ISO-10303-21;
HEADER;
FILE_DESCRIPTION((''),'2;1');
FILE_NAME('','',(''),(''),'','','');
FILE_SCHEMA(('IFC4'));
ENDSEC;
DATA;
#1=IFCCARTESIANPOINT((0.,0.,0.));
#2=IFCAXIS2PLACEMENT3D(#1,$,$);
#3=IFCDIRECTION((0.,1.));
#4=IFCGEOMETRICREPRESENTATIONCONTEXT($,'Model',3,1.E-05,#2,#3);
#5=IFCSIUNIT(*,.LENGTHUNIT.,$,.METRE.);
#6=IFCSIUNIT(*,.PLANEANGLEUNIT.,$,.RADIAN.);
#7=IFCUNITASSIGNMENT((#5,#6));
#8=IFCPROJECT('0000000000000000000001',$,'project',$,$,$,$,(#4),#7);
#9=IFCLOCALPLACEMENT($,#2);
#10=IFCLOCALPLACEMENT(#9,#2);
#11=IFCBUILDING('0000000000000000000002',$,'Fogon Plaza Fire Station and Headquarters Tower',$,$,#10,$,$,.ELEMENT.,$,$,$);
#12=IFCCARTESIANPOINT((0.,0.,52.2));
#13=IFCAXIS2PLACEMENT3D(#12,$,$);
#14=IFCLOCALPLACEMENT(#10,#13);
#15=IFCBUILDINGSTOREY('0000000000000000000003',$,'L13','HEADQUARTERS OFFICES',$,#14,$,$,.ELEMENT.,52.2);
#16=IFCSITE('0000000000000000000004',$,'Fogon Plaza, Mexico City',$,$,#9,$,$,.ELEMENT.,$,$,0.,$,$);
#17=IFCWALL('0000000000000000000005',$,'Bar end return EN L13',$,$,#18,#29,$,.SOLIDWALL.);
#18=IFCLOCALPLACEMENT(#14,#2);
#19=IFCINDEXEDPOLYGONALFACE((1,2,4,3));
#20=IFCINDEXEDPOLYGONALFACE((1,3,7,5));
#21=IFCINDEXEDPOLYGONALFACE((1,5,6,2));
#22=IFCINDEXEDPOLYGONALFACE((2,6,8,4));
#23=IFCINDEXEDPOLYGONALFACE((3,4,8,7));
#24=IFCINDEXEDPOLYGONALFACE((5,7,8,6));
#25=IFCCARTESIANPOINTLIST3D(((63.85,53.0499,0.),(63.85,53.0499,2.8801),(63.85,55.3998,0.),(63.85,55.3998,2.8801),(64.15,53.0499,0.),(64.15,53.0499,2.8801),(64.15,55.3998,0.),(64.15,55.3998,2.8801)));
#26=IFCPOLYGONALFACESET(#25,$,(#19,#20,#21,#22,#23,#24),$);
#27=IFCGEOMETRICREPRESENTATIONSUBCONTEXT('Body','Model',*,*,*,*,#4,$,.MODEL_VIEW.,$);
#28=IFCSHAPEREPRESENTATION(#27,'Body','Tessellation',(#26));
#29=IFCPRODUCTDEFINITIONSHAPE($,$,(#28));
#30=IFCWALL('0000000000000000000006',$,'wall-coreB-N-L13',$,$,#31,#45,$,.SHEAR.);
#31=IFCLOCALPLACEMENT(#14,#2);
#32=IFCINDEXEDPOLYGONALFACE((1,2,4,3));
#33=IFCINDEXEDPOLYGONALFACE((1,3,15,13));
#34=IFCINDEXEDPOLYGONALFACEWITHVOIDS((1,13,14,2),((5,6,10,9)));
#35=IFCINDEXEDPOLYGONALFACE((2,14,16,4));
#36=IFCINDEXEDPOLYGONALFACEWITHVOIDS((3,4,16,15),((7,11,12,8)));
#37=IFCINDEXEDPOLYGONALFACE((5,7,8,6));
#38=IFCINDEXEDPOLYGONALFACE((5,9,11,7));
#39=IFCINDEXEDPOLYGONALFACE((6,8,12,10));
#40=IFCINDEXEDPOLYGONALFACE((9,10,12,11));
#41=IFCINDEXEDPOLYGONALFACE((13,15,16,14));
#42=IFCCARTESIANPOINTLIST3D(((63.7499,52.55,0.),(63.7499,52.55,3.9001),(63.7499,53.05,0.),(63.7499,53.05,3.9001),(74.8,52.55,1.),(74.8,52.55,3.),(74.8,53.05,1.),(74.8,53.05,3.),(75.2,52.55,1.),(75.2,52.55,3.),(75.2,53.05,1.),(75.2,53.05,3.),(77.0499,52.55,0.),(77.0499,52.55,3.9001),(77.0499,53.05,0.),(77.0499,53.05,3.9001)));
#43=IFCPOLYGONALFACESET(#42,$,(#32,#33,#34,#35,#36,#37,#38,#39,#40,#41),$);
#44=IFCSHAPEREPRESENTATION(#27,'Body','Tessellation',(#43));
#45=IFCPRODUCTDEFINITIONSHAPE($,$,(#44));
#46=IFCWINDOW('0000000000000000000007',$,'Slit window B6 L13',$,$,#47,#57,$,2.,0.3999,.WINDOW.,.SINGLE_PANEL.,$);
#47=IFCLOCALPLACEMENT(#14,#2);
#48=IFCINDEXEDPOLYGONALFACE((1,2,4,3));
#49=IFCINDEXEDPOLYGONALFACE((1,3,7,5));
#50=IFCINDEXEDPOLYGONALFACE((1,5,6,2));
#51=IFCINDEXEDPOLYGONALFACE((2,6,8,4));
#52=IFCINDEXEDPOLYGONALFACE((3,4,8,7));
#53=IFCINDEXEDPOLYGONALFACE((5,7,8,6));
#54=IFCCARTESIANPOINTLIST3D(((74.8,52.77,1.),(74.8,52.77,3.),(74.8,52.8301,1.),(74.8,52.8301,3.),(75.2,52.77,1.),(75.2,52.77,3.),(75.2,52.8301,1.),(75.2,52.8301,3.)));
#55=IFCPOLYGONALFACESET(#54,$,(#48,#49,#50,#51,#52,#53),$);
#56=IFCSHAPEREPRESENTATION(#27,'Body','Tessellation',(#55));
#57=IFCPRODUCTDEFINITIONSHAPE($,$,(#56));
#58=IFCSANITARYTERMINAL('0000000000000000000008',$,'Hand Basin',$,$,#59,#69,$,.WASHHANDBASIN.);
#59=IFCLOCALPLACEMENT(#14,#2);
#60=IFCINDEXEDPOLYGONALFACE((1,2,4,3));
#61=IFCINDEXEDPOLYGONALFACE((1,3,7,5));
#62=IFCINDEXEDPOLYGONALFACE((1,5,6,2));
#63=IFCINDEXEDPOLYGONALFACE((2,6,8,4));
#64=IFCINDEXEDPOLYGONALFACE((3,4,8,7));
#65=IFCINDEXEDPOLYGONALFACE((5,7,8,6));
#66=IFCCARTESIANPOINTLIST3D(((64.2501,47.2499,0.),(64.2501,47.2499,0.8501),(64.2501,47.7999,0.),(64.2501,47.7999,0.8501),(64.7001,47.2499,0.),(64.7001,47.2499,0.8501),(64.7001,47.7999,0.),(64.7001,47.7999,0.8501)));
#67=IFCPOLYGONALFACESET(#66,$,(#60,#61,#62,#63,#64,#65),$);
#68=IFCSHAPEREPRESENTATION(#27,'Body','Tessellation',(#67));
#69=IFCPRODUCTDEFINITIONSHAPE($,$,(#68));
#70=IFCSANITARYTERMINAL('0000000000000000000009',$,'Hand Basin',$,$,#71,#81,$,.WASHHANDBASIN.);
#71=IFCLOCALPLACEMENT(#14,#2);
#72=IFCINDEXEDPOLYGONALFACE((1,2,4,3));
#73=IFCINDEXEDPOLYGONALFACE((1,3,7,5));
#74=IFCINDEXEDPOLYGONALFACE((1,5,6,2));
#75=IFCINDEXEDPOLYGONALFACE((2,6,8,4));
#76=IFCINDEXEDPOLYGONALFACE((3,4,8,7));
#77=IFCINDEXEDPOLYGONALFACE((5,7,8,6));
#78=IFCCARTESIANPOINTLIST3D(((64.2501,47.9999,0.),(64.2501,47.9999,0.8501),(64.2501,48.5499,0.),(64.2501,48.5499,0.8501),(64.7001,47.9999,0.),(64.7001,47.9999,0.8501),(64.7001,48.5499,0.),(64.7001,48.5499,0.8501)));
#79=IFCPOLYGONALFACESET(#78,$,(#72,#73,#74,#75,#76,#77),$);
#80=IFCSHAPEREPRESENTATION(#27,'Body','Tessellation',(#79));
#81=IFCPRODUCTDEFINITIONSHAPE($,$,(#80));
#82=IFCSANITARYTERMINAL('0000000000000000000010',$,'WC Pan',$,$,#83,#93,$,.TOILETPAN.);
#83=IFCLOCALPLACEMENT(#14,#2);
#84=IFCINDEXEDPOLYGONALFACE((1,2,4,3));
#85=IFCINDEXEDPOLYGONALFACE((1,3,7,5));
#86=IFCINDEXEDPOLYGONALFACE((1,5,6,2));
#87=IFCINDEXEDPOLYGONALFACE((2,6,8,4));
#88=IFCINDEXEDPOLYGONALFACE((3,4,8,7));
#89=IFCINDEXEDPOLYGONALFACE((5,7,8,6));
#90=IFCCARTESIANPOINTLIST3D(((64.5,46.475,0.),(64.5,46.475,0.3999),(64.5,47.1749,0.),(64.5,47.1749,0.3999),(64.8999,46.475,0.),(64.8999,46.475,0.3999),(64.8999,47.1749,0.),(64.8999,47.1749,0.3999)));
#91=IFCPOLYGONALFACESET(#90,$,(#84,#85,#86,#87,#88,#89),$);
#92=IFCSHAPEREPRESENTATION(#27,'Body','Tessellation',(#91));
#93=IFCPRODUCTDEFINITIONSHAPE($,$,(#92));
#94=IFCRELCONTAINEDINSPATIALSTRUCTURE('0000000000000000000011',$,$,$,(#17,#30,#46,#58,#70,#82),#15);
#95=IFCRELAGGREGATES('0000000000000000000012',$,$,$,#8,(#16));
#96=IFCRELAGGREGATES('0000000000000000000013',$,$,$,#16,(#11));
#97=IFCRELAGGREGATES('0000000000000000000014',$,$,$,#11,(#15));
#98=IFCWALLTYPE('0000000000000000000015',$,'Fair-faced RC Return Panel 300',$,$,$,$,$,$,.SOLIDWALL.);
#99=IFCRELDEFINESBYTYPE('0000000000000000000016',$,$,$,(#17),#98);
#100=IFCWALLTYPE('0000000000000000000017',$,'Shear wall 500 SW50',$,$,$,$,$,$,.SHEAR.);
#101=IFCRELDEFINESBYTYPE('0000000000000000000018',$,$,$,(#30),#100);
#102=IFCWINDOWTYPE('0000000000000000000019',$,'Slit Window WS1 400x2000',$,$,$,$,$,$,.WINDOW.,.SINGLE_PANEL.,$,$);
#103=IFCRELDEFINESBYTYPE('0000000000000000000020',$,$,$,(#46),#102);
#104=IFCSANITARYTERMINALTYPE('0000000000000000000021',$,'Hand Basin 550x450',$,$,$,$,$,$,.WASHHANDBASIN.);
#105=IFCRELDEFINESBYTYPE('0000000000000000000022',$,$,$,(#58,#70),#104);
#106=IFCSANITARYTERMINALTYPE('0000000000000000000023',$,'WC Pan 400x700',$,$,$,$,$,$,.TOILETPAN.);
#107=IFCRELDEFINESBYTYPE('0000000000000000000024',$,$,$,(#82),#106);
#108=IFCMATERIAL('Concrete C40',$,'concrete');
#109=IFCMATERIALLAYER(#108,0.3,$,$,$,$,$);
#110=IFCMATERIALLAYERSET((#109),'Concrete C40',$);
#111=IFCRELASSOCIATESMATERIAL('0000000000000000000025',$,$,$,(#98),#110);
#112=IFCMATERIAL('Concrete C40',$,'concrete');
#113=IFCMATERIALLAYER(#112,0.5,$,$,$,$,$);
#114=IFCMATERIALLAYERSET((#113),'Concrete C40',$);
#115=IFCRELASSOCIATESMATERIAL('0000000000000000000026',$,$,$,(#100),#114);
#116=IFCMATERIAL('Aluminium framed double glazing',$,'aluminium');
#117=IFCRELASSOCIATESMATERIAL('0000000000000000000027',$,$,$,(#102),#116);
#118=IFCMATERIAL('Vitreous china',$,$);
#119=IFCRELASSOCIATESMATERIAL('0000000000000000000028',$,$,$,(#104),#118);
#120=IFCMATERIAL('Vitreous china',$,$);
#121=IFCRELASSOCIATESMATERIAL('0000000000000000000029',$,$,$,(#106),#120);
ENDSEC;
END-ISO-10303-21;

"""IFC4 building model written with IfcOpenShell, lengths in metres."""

from ifc_helpers import new_model, si_unit, direction, frame, frame_2d, origin, origin_2d, place, context, subcontext, project, spatial, rectangle, extrude, material, layer, layer_set, type_object, element, fill, save


model = new_model("IFC4")

# Units and contexts
model_context = context("Model", 3, precision=1e-05, world=origin(), true_north=direction((0.0, 1.0)))
body_context = subcontext(model_context, "Body", "Model", "MODEL_VIEW")
ifc_project = project(units=[si_unit("LENGTHUNIT", "METRE"), si_unit("PLANEANGLEUNIT", "RADIAN")], contexts=[model_context])

# Site, building, storey
site_placement = place(None, origin())
site = spatial("IfcSite", under=ifc_project, at=site_placement, Name="Fogon Plaza, Mexico City", CompositionType="ELEMENT", RefElevation=0.0)
building_placement = place(site_placement, origin())
building = spatial("IfcBuilding", under=site, at=building_placement, Name="Fogon Plaza Fire Station and Headquarters Tower", CompositionType="ELEMENT")
storey_placement = place(building_placement, frame((0.0, 0.0, 52.2)))
storey = spatial("IfcBuildingStorey", under=building, at=storey_placement, Name="L13", Description="HEADQUARTERS OFFICES", CompositionType="ELEMENT", Elevation=52.2)

# Wall
ifc_material_1 = material(Name="Concrete C40", Category="concrete")
ifc_layer_1 = layer(ifc_material_1, 0.3)
ifc_layer_set_1 = layer_set([ifc_layer_1], Name="Concrete C40")
wall_type_1 = type_object("IfcWallType", Name="Fair-faced RC Return Panel 300", PredefinedType="SOLIDWALL", material=ifc_layer_set_1)
wall_1_placement = place(storey_placement, frame((64.0, 53.05, 0.0), z_axis=(0.0, 0.0, 1.0), x_axis=(0.0, 1.0, 0.0)))
element("IfcWall", 1, at=wall_1_placement, inside=storey, type_object=wall_type_1, Name="Bar end return EN L13", PredefinedType="SOLIDWALL", context=body_context, shape_type="SweptSolid", body=[
    extrude(rectangle(XDim=2.3499, YDim=0.3, at=frame_2d((1.1748, 0.0))), origin(), (0.0, 0.0, 1.0), 2.8801),
])

# Wall, opening, window
ifc_material_2 = material(Name="Concrete C40", Category="concrete")
ifc_layer_2 = layer(ifc_material_2, 0.5)
ifc_layer_set_2 = layer_set([ifc_layer_2], Name="Concrete C40")
wall_type_2 = type_object("IfcWallType", Name="Shear wall 500 SW50", PredefinedType="SHEAR", material=ifc_layer_set_2)
wall_2_placement = place(storey_placement, frame((63.75, 52.8, 0.0), z_axis=(0.0, 0.0, 1.0), x_axis=(1.0, 0.0, 0.0)))
wall_2 = element("IfcWall", 2, at=wall_2_placement, inside=storey, type_object=wall_type_2, Name="wall-coreB-N-L13", PredefinedType="SHEAR", context=body_context, shape_type="SweptSolid", body=[
    extrude(rectangle(XDim=13.3, YDim=0.5, at=frame_2d((6.6499, 0.0))), origin(), (0.0, 0.0, 1.0), 3.9001),
])
opening_placement = place(wall_2_placement, frame((11.05, 0.0, 1.0)))
opening = element("IfcOpeningElement", 3, at=opening_placement, cuts=wall_2, PredefinedType="OPENING", context=body_context, shape_type="SweptSolid", body=[
    extrude(rectangle(XDim=0.3999, YDim=2.0, at=frame_2d((0.2, 1.0))), frame((0.0, 0.26, 0.0), z_axis=(0.0, -1.0, 0.0), x_axis=(1.0, 0.0, 0.0)), (0.0, 0.0, 1.0), 0.52),
])
ifc_material_3 = material(Name="Aluminium framed double glazing", Category="aluminium")
window_type = type_object("IfcWindowType", Name="Slit Window WS1 400x2000", PartitioningType="SINGLE_PANEL", PredefinedType="WINDOW", material=ifc_material_3)
window_placement = place(opening_placement, origin())
window = element("IfcWindow", 4, at=window_placement, inside=storey, type_object=window_type, Name="Slit window B6 L13", OverallHeight=2.0, OverallWidth=0.3999, PartitioningType="SINGLE_PANEL", PredefinedType="WINDOW", context=body_context, shape_type="SweptSolid", body=[
    extrude(rectangle(XDim=0.3999, YDim=2.0, at=frame_2d((0.2, 1.0))), frame((0.0, 0.03, 0.0), z_axis=(0.0, -1.0, 0.0), x_axis=(1.0, 0.0, 0.0)), (0.0, 0.0, 1.0), 0.0601),
])
fill(opening, window)

# Sanitary terminals
ifc_material_4 = material(Name="Vitreous china")
sanitary_terminal_type_1 = type_object("IfcSanitaryTerminalType", Name="Hand Basin 550x450", PredefinedType="WASHHANDBASIN", material=ifc_material_4)
for number, where, z_axis, x_axis, name in (
    (5, (64.4751, 47.5249, 0.0), (0.0, 0.0, 1.0), (1.0, 0.0, 0.0), "Hand Basin"),
    (6, (64.4751, 48.2749, 0.0), (0.0, 0.0, 1.0), (1.0, 0.0, 0.0), "Hand Basin"),
):
    element("IfcSanitaryTerminal", number, at=place(storey_placement, frame(where, z_axis=z_axis, x_axis=x_axis)), inside=storey, type_object=sanitary_terminal_type_1, Name=name, PredefinedType="WASHHANDBASIN", context=body_context, shape_type="SweptSolid", body=[
        extrude(rectangle(XDim=0.45, YDim=0.55, at=origin_2d()), origin(), (0.0, 0.0, 1.0), 0.8501),
    ])
ifc_material_5 = material(Name="Vitreous china")
sanitary_terminal_type_2 = type_object("IfcSanitaryTerminalType", Name="WC Pan 400x700", PredefinedType="TOILETPAN", material=ifc_material_5)
sanitary_terminal_placement = place(storey_placement, frame((64.7, 46.825, 0.0), z_axis=(0.0, 0.0, 1.0), x_axis=(1.0, 0.0, 0.0)))
element("IfcSanitaryTerminal", 7, at=sanitary_terminal_placement, inside=storey, type_object=sanitary_terminal_type_2, Name="WC Pan", PredefinedType="TOILETPAN", context=body_context, shape_type="SweptSolid", body=[
    extrude(rectangle(XDim=0.3999, YDim=0.7, at=origin_2d()), origin(), (0.0, 0.0, 1.0), 0.3999),
])

save(model, "model.ifc")
